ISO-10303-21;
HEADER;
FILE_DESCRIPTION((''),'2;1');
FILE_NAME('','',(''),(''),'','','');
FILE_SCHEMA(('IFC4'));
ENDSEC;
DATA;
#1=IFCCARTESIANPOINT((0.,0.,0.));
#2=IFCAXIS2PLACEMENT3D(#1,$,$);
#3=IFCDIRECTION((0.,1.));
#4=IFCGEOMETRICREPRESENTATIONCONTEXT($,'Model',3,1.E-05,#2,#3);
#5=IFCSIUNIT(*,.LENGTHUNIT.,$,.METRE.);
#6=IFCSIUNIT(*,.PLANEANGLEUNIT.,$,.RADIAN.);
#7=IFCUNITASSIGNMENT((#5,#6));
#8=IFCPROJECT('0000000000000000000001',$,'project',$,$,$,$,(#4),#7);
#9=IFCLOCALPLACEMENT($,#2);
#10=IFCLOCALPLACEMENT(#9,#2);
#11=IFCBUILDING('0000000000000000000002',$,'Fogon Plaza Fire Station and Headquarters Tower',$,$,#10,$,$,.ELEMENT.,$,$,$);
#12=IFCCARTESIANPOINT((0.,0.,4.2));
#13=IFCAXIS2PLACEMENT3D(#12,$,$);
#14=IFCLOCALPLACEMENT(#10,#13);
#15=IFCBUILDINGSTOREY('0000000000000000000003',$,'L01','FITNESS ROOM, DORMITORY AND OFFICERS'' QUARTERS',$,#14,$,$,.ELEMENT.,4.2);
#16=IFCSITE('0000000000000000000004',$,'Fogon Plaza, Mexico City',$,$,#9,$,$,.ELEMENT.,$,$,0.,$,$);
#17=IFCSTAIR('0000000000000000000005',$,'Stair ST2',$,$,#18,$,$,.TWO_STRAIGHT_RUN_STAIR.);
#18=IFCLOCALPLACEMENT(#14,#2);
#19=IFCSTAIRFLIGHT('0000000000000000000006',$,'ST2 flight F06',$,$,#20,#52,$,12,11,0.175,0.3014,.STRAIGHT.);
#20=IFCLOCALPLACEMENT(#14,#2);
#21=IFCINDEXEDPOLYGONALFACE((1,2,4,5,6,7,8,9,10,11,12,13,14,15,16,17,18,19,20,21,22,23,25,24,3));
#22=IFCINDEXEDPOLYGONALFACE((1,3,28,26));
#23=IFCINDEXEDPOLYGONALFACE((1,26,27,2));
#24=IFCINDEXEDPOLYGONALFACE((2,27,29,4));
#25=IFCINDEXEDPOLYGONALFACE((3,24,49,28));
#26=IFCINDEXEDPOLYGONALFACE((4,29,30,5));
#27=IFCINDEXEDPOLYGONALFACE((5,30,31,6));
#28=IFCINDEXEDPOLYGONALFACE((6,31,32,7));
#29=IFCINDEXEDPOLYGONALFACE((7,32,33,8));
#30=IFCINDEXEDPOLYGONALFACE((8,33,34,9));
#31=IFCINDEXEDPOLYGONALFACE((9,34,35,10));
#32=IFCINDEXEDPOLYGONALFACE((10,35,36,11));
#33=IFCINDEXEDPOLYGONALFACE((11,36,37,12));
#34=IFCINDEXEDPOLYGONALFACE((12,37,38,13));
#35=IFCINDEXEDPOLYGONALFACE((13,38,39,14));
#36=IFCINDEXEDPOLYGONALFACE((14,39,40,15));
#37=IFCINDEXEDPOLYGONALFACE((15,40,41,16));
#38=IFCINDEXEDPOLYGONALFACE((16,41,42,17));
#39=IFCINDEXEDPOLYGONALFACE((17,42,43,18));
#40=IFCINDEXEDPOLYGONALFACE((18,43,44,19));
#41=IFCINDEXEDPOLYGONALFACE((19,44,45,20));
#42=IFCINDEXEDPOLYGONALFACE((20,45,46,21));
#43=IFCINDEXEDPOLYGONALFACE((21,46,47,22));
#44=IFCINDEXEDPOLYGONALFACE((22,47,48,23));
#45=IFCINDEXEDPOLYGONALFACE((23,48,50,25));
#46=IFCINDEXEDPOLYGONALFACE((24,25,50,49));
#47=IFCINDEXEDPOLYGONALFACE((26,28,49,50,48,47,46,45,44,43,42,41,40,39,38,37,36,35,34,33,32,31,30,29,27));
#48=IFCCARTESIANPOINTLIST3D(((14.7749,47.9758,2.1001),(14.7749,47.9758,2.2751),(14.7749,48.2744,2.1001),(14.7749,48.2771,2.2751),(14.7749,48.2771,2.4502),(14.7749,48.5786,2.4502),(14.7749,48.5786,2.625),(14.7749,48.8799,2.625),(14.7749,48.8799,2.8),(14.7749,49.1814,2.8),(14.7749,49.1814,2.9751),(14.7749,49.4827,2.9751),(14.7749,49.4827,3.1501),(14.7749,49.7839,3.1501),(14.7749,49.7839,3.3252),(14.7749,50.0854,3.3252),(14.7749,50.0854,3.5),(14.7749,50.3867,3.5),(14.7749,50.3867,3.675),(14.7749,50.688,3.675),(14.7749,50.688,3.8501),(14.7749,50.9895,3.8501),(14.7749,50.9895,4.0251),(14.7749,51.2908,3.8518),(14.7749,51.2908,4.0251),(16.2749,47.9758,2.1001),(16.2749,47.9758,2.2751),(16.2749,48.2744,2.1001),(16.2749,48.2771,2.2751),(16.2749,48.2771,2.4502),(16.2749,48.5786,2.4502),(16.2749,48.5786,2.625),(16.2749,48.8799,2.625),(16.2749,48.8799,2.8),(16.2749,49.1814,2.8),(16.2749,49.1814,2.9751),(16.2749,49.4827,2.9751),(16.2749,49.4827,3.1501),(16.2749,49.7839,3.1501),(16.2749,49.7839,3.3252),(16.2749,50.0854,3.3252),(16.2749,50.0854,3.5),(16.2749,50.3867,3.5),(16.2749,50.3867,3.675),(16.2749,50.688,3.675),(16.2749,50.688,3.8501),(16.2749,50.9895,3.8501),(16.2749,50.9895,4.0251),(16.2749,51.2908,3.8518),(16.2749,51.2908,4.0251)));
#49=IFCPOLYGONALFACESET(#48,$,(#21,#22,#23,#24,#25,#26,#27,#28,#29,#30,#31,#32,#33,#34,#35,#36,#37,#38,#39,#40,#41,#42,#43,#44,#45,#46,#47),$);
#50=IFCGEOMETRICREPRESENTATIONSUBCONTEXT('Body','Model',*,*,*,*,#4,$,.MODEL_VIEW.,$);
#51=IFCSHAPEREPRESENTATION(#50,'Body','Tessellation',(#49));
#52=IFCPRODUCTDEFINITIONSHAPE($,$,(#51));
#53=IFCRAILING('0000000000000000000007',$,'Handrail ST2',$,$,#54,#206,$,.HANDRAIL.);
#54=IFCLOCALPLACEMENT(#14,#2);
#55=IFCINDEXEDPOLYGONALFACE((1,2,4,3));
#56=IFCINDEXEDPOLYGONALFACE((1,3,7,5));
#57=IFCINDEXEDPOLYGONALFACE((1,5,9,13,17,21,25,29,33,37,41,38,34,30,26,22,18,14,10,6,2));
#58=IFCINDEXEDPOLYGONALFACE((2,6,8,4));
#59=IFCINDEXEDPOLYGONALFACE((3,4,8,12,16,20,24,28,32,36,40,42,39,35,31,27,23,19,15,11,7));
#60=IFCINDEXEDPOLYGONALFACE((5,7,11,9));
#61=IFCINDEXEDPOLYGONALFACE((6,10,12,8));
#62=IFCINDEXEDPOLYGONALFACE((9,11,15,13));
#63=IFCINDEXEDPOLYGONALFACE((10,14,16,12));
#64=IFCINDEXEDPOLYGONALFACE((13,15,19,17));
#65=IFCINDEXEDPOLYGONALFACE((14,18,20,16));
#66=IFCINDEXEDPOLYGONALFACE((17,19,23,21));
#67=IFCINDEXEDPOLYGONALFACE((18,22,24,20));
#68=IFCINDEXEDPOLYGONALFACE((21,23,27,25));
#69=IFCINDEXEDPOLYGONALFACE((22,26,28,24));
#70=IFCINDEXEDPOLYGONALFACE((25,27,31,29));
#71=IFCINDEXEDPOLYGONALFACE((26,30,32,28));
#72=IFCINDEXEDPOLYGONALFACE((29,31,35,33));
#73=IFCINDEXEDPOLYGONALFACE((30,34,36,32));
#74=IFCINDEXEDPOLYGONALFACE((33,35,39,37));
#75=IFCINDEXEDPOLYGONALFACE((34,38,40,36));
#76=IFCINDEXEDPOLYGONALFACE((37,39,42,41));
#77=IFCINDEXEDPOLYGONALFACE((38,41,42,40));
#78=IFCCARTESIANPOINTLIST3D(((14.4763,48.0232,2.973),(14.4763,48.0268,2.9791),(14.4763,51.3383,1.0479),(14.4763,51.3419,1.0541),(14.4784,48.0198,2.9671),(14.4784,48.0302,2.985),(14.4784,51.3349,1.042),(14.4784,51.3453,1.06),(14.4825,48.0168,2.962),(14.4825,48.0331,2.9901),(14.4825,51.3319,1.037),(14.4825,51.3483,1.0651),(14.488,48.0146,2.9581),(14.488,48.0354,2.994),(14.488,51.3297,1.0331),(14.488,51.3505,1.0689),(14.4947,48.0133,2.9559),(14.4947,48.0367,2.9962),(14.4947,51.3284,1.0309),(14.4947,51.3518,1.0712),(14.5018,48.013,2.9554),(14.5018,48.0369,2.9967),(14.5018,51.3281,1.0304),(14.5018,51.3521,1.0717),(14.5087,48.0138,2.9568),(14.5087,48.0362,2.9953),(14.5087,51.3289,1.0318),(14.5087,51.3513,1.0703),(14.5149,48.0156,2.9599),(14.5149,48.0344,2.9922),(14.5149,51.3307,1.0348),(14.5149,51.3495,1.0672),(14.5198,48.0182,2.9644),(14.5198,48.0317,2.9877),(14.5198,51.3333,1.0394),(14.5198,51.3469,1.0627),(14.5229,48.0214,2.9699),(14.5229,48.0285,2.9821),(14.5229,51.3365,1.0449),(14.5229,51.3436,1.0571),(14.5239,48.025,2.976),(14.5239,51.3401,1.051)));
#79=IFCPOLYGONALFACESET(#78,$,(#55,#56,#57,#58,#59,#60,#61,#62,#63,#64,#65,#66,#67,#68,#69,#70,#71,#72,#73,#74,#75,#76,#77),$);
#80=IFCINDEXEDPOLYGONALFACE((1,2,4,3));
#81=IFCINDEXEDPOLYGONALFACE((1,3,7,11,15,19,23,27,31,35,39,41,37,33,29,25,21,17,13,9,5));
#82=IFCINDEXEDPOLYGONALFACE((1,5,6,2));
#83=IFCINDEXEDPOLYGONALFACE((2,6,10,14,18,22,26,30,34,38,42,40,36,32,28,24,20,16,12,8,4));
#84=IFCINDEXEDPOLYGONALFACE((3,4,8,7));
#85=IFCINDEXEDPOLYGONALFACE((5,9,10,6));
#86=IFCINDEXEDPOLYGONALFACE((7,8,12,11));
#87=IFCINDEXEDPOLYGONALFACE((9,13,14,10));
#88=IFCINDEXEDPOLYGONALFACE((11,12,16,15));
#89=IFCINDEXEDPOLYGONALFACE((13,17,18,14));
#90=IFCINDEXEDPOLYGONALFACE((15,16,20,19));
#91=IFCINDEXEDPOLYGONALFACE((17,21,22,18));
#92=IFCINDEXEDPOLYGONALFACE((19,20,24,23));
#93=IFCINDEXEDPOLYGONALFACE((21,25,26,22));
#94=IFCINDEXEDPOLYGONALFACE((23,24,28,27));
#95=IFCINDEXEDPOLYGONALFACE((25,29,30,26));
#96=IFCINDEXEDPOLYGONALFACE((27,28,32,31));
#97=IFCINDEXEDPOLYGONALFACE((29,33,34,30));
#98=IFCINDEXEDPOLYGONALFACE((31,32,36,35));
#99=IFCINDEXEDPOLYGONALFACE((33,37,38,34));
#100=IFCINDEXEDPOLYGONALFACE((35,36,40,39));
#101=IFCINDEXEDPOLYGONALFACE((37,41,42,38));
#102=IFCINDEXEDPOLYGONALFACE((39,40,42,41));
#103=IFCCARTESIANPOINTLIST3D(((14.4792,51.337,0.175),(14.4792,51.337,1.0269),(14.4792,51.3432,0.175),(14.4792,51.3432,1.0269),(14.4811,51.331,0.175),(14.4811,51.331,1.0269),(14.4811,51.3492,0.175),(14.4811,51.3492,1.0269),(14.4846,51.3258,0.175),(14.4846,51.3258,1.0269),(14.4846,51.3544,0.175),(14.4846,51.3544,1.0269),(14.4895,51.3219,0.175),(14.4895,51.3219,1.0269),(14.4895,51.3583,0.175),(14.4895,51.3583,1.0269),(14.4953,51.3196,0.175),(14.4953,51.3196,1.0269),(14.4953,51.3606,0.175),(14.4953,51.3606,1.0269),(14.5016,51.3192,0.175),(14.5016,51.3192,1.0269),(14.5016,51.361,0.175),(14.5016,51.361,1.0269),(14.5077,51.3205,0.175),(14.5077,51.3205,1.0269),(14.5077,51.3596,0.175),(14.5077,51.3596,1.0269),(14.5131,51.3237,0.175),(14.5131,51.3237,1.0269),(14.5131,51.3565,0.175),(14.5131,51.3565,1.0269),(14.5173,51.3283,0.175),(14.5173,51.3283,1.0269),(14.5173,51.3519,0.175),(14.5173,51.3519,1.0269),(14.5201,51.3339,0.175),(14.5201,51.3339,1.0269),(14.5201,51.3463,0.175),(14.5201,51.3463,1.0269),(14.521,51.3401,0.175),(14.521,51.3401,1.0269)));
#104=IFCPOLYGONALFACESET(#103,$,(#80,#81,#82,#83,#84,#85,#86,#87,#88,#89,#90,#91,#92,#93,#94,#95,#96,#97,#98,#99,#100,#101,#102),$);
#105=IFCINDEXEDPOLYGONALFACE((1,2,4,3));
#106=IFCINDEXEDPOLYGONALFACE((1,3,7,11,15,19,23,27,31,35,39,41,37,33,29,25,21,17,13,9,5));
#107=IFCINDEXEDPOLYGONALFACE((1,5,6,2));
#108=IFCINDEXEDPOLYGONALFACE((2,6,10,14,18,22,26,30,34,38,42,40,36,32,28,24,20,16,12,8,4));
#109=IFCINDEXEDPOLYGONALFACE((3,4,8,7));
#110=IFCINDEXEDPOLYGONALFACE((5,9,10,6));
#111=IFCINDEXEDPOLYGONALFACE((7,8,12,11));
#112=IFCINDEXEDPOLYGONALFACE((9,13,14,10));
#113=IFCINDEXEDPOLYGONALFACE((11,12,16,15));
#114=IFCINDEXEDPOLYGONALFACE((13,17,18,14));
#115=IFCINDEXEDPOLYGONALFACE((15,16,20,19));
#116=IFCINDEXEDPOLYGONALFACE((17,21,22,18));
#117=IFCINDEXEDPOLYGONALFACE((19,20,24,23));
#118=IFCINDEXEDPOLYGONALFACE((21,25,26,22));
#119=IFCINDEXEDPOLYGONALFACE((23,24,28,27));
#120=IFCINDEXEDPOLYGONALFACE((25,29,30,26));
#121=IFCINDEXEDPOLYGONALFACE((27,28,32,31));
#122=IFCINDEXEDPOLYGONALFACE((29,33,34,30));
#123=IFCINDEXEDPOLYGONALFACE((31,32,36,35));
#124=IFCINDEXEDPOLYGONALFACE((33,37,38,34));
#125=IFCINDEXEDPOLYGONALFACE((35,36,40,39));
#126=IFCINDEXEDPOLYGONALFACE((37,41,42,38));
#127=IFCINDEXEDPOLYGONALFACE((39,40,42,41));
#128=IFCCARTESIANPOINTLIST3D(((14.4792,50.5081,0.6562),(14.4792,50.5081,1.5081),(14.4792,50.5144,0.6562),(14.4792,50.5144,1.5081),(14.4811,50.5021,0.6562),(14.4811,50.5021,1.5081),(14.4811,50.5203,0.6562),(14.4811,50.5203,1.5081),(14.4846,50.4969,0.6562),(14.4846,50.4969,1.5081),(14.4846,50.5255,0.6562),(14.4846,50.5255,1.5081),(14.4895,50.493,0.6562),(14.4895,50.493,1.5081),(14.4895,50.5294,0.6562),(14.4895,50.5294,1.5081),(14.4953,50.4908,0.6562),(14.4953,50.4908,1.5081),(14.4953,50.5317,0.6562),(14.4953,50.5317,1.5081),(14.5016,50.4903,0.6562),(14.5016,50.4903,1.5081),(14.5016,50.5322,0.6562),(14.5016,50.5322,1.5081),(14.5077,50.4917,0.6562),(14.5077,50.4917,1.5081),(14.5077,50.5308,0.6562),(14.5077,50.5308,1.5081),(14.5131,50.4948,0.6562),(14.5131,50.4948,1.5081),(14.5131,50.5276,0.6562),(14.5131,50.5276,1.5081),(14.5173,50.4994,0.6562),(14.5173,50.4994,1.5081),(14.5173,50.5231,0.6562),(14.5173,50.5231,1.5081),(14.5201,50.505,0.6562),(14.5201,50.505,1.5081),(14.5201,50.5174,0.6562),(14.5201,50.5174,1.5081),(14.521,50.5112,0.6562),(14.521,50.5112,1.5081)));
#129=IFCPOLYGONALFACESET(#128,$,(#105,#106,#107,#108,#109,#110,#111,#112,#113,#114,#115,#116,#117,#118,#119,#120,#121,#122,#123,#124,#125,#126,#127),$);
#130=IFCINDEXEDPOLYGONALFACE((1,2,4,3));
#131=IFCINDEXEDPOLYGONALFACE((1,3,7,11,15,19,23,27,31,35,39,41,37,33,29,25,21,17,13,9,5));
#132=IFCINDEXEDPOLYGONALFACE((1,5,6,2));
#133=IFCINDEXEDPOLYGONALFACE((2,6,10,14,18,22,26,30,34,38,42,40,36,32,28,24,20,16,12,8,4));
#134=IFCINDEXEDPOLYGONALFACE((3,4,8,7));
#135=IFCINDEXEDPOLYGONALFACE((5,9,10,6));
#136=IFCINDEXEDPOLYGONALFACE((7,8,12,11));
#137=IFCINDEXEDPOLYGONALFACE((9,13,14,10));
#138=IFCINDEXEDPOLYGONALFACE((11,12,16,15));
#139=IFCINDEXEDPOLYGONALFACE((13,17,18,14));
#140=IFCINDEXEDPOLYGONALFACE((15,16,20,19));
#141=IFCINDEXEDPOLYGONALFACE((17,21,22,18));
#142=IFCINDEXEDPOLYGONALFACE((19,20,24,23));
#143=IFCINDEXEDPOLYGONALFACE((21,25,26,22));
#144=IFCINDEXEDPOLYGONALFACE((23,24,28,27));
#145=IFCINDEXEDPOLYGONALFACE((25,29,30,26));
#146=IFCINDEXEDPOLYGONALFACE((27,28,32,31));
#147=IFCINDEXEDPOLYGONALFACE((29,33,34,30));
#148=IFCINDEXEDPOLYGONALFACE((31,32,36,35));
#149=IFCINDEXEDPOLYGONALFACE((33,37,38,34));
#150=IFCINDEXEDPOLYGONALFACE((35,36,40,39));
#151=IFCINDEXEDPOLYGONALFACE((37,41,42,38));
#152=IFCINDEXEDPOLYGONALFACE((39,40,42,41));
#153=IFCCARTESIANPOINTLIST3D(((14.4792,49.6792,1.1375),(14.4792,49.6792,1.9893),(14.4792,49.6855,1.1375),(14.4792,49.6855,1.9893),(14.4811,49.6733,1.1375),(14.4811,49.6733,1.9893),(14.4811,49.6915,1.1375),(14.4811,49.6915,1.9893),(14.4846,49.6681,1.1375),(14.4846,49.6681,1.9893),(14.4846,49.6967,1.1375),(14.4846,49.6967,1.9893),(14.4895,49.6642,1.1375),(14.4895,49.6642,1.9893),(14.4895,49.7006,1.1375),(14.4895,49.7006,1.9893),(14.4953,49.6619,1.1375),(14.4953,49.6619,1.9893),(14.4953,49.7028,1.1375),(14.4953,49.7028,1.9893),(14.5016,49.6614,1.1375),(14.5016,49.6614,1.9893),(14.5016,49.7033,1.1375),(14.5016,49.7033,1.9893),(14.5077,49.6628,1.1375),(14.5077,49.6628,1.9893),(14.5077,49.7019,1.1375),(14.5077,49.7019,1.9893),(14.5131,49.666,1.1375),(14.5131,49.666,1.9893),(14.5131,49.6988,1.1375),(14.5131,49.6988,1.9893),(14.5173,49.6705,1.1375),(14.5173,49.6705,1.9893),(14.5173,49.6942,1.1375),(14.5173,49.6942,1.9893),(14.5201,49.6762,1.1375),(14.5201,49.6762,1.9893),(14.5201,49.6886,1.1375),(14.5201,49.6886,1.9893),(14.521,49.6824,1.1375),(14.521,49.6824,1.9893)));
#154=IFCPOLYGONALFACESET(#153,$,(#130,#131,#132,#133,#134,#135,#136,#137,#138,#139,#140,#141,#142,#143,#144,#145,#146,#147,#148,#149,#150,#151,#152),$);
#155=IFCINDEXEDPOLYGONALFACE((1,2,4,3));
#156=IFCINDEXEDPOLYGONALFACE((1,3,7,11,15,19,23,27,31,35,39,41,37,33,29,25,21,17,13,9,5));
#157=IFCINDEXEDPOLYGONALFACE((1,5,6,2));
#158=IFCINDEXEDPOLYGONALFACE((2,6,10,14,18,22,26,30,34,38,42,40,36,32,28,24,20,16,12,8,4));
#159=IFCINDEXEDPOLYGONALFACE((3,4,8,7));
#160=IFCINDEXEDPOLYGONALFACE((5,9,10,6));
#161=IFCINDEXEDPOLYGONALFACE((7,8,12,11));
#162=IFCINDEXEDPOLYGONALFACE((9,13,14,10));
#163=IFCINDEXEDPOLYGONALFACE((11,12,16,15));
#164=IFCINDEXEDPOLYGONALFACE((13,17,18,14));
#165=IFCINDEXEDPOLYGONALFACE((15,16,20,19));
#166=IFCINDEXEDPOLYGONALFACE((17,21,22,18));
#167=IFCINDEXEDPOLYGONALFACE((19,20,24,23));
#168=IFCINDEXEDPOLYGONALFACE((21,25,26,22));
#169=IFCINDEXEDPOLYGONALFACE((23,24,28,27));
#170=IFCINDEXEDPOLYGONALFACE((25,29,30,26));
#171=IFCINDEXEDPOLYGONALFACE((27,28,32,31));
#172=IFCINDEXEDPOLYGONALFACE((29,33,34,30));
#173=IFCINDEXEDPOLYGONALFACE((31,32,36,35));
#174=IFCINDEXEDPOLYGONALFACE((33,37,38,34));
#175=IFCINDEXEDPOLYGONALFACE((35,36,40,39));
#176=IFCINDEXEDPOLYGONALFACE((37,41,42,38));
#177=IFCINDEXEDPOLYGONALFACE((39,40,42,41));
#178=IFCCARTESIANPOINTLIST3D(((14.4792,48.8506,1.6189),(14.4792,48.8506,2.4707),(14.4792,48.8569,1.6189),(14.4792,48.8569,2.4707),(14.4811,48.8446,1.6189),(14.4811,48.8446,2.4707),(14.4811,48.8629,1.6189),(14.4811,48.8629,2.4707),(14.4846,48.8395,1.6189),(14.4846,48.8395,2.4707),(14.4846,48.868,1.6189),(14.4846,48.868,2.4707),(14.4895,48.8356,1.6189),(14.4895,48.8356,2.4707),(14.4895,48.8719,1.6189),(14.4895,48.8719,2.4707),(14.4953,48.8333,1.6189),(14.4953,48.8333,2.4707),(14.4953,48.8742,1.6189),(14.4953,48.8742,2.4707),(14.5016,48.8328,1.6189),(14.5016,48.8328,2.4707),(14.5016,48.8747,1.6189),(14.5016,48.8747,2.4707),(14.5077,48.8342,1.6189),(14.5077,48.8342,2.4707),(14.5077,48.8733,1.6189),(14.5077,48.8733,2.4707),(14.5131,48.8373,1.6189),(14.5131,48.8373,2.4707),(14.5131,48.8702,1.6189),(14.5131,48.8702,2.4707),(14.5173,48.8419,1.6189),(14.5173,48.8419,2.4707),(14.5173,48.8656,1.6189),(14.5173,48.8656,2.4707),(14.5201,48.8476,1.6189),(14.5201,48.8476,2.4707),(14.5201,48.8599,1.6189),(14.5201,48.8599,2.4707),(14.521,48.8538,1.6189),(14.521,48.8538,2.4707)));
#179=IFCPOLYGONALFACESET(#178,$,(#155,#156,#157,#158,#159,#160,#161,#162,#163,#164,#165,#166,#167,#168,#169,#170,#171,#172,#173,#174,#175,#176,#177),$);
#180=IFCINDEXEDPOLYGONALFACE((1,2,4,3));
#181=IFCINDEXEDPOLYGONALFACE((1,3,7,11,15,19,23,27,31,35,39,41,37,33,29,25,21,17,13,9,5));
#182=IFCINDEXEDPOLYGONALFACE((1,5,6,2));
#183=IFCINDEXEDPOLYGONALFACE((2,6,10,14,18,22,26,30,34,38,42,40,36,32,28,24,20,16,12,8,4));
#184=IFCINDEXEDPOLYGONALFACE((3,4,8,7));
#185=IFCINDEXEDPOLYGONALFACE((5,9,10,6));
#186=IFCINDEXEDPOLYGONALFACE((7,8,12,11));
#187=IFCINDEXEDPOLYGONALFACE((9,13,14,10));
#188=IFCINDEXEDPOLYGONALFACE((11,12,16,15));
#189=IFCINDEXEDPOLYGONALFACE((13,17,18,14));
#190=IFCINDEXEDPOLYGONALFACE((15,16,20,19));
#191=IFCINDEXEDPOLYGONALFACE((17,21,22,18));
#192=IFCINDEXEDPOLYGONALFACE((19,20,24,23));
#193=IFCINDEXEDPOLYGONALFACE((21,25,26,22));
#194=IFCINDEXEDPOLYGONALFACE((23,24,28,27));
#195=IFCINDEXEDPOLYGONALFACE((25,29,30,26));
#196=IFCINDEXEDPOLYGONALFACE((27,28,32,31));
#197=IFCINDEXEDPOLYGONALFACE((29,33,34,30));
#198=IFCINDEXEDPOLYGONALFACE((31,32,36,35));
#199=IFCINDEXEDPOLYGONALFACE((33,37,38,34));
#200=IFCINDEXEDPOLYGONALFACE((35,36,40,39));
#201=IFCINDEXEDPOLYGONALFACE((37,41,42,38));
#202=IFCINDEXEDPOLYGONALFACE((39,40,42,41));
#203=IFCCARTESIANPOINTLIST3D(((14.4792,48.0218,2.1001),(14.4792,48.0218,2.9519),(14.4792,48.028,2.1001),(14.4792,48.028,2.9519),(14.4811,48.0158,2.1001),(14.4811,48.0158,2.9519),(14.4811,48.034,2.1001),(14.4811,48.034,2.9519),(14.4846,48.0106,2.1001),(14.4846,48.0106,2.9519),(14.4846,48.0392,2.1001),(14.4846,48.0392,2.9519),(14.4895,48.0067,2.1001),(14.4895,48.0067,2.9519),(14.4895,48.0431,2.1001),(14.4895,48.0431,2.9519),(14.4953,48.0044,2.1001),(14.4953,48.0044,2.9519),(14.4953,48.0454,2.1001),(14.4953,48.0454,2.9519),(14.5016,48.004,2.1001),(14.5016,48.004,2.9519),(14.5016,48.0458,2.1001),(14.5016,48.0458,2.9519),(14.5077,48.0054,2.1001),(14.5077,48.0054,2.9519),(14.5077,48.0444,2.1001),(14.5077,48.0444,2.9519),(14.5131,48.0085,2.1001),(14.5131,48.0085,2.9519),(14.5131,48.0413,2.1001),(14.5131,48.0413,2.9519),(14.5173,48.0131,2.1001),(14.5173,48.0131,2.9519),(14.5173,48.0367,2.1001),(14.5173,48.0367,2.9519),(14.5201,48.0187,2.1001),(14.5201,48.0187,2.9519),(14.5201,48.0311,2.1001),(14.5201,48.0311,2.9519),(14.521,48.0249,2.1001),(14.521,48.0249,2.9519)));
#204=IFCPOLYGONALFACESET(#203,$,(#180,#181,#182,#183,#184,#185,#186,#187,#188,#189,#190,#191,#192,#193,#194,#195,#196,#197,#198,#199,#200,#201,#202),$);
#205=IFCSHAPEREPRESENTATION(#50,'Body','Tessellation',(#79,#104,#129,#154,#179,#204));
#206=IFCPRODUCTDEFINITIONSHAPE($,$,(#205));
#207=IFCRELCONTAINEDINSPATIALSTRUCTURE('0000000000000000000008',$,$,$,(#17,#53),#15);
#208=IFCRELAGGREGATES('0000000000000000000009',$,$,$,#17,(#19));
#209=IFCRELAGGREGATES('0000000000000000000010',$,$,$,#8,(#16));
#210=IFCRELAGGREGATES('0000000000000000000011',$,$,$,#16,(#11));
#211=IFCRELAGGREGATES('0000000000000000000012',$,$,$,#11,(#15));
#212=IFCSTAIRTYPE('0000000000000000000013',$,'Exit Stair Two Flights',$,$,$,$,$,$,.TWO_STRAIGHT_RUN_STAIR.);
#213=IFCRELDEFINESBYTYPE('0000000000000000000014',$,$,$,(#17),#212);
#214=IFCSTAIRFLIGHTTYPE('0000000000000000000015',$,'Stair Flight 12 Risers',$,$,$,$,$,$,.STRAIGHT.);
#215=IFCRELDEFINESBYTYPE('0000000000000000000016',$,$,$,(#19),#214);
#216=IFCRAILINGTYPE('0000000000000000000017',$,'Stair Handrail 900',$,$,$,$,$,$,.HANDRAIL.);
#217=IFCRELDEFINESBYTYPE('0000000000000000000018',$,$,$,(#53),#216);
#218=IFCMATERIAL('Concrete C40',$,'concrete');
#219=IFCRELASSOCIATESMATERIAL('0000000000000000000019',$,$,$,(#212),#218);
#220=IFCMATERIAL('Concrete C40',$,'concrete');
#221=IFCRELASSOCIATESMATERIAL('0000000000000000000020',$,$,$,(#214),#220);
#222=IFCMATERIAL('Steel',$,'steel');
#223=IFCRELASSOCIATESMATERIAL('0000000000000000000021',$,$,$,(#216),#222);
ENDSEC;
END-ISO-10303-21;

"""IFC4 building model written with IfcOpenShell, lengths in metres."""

from ifc_helpers import new_model, si_unit, direction, frame, origin, origin_2d, place, context, subcontext, project, spatial, polyline, circle, outline, extrude, material, type_object, element, aggregate, save


model = new_model("IFC4")

# Units and contexts
model_context = context("Model", 3, precision=1e-05, world=origin(), true_north=direction((0.0, 1.0)))
body_context = subcontext(model_context, "Body", "Model", "MODEL_VIEW")
ifc_project = project(units=[si_unit("LENGTHUNIT", "METRE"), si_unit("PLANEANGLEUNIT", "RADIAN")], contexts=[model_context])

# Site, building, storey
site_placement = place(None, origin())
site = spatial("IfcSite", under=ifc_project, at=site_placement, Name="Fogon Plaza, Mexico City", CompositionType="ELEMENT", RefElevation=0.0)
building_placement = place(site_placement, origin())
building = spatial("IfcBuilding", under=site, at=building_placement, Name="Fogon Plaza Fire Station and Headquarters Tower", CompositionType="ELEMENT")
storey_placement = place(building_placement, frame((0.0, 0.0, 4.2)))
storey = spatial("IfcBuildingStorey", under=building, at=storey_placement, Name="L01", Description="FITNESS ROOM, DORMITORY AND OFFICERS' QUARTERS", CompositionType="ELEMENT", Elevation=4.2)

# Stair, stair flight
ifc_material_1 = material(Name="Concrete C40", Category="concrete")
stair_type = type_object("IfcStairType", Name="Exit Stair Two Flights", PredefinedType="TWO_STRAIGHT_RUN_STAIR", material=ifc_material_1)
stair_placement = place(storey_placement, origin())
stair = element("IfcStair", 1, at=stair_placement, inside=storey, type_object=stair_type, Name="Stair ST2", PredefinedType="TWO_STRAIGHT_RUN_STAIR")
ifc_material_2 = material(Name="Concrete C40", Category="concrete")
stair_flight_type = type_object("IfcStairFlightType", Name="Stair Flight 12 Risers", PredefinedType="STRAIGHT", material=ifc_material_2)
stair_flight_1_placement = place(storey_placement, frame((15.5249, 47.9758, 2.1001), z_axis=(0.0, 0.0, 1.0), x_axis=(0.0, 1.0, 0.0)))
stair_flight_1 = element("IfcStairFlight", 2, at=stair_flight_1_placement, type_object=stair_flight_type, Name="ST2 flight F06", NumberOfRisers=12, NumberOfTreads=11, PredefinedType="STRAIGHT", RiserHeight=0.175, TreadLength=0.3014, context=body_context, shape_type="SweptSolid", body=[
    extrude(outline(polyline([(0.0, 0.0), (0.0, 0.175), (0.3013, 0.175), (0.3013, 0.3501), (0.6028, 0.3501), (0.6028, 0.5249), (0.9041, 0.5249), (0.9041, 0.7), (1.2056, 0.7), (1.2056, 0.875), (1.5068, 0.875), (1.5068, 1.05), (1.8081, 1.05), (1.8081, 1.2251), (2.1096, 1.2251), (2.1096, 1.3999), (2.4109, 1.3999), (2.4109, 1.575), (2.7122, 1.575), (2.7122, 1.75), (3.0137, 1.75), (3.0137, 1.925), (3.3149, 1.925), (3.3149, 2.1001), (3.3149, 1.7517), (0.2986, 0.0), (0.0, 0.0)])), frame((0.0, 0.75, 0.0), z_axis=(0.0, -1.0, 0.0), x_axis=(1.0, 0.0, 0.0)), (0.0, 0.0, 1.0), 1.5),
])
aggregate(stair, [stair_flight_1])

# Railing
ifc_material_3 = material(Name="Steel", Category="steel")
railing_type = type_object("IfcRailingType", Name="Stair Handrail 900", PredefinedType="HANDRAIL", material=ifc_material_3)
railing_placement = place(storey_placement, frame((14.5, 51.3401, 0.175)))
element("IfcRailing", 3, at=railing_placement, inside=storey, type_object=railing_type, Name="Handrail ST2", PredefinedType="HANDRAIL", context=body_context, shape_type="SweptSolid", body=[
    extrude(circle(Radius=0.0239, at=origin_2d()), frame((0.0, 0.0, 0.876), z_axis=(0.0, -0.864777, 0.502155), x_axis=(1.0, 0.0, 0.0)), (0.0, 0.0, 1.0), 3.8335),
    extrude(circle(Radius=0.021, at=origin_2d()), origin(), (0.0, 0.0, 1.0), 0.8518),
    extrude(circle(Radius=0.021, at=origin_2d()), frame((0.0, -0.8289, 0.4812)), (0.0, 0.0, 1.0), 0.8518),
    extrude(circle(Radius=0.021, at=origin_2d()), frame((0.0, -1.6577, 0.9624)), (0.0, 0.0, 1.0), 0.8518),
    extrude(circle(Radius=0.021, at=origin_2d()), frame((0.0, -2.4863, 1.4438)), (0.0, 0.0, 1.0), 0.8518),
    extrude(circle(Radius=0.021, at=origin_2d()), frame((0.0, -3.3152, 1.925)), (0.0, 0.0, 1.0), 0.8518),
])

save(model, "model.ifc")
